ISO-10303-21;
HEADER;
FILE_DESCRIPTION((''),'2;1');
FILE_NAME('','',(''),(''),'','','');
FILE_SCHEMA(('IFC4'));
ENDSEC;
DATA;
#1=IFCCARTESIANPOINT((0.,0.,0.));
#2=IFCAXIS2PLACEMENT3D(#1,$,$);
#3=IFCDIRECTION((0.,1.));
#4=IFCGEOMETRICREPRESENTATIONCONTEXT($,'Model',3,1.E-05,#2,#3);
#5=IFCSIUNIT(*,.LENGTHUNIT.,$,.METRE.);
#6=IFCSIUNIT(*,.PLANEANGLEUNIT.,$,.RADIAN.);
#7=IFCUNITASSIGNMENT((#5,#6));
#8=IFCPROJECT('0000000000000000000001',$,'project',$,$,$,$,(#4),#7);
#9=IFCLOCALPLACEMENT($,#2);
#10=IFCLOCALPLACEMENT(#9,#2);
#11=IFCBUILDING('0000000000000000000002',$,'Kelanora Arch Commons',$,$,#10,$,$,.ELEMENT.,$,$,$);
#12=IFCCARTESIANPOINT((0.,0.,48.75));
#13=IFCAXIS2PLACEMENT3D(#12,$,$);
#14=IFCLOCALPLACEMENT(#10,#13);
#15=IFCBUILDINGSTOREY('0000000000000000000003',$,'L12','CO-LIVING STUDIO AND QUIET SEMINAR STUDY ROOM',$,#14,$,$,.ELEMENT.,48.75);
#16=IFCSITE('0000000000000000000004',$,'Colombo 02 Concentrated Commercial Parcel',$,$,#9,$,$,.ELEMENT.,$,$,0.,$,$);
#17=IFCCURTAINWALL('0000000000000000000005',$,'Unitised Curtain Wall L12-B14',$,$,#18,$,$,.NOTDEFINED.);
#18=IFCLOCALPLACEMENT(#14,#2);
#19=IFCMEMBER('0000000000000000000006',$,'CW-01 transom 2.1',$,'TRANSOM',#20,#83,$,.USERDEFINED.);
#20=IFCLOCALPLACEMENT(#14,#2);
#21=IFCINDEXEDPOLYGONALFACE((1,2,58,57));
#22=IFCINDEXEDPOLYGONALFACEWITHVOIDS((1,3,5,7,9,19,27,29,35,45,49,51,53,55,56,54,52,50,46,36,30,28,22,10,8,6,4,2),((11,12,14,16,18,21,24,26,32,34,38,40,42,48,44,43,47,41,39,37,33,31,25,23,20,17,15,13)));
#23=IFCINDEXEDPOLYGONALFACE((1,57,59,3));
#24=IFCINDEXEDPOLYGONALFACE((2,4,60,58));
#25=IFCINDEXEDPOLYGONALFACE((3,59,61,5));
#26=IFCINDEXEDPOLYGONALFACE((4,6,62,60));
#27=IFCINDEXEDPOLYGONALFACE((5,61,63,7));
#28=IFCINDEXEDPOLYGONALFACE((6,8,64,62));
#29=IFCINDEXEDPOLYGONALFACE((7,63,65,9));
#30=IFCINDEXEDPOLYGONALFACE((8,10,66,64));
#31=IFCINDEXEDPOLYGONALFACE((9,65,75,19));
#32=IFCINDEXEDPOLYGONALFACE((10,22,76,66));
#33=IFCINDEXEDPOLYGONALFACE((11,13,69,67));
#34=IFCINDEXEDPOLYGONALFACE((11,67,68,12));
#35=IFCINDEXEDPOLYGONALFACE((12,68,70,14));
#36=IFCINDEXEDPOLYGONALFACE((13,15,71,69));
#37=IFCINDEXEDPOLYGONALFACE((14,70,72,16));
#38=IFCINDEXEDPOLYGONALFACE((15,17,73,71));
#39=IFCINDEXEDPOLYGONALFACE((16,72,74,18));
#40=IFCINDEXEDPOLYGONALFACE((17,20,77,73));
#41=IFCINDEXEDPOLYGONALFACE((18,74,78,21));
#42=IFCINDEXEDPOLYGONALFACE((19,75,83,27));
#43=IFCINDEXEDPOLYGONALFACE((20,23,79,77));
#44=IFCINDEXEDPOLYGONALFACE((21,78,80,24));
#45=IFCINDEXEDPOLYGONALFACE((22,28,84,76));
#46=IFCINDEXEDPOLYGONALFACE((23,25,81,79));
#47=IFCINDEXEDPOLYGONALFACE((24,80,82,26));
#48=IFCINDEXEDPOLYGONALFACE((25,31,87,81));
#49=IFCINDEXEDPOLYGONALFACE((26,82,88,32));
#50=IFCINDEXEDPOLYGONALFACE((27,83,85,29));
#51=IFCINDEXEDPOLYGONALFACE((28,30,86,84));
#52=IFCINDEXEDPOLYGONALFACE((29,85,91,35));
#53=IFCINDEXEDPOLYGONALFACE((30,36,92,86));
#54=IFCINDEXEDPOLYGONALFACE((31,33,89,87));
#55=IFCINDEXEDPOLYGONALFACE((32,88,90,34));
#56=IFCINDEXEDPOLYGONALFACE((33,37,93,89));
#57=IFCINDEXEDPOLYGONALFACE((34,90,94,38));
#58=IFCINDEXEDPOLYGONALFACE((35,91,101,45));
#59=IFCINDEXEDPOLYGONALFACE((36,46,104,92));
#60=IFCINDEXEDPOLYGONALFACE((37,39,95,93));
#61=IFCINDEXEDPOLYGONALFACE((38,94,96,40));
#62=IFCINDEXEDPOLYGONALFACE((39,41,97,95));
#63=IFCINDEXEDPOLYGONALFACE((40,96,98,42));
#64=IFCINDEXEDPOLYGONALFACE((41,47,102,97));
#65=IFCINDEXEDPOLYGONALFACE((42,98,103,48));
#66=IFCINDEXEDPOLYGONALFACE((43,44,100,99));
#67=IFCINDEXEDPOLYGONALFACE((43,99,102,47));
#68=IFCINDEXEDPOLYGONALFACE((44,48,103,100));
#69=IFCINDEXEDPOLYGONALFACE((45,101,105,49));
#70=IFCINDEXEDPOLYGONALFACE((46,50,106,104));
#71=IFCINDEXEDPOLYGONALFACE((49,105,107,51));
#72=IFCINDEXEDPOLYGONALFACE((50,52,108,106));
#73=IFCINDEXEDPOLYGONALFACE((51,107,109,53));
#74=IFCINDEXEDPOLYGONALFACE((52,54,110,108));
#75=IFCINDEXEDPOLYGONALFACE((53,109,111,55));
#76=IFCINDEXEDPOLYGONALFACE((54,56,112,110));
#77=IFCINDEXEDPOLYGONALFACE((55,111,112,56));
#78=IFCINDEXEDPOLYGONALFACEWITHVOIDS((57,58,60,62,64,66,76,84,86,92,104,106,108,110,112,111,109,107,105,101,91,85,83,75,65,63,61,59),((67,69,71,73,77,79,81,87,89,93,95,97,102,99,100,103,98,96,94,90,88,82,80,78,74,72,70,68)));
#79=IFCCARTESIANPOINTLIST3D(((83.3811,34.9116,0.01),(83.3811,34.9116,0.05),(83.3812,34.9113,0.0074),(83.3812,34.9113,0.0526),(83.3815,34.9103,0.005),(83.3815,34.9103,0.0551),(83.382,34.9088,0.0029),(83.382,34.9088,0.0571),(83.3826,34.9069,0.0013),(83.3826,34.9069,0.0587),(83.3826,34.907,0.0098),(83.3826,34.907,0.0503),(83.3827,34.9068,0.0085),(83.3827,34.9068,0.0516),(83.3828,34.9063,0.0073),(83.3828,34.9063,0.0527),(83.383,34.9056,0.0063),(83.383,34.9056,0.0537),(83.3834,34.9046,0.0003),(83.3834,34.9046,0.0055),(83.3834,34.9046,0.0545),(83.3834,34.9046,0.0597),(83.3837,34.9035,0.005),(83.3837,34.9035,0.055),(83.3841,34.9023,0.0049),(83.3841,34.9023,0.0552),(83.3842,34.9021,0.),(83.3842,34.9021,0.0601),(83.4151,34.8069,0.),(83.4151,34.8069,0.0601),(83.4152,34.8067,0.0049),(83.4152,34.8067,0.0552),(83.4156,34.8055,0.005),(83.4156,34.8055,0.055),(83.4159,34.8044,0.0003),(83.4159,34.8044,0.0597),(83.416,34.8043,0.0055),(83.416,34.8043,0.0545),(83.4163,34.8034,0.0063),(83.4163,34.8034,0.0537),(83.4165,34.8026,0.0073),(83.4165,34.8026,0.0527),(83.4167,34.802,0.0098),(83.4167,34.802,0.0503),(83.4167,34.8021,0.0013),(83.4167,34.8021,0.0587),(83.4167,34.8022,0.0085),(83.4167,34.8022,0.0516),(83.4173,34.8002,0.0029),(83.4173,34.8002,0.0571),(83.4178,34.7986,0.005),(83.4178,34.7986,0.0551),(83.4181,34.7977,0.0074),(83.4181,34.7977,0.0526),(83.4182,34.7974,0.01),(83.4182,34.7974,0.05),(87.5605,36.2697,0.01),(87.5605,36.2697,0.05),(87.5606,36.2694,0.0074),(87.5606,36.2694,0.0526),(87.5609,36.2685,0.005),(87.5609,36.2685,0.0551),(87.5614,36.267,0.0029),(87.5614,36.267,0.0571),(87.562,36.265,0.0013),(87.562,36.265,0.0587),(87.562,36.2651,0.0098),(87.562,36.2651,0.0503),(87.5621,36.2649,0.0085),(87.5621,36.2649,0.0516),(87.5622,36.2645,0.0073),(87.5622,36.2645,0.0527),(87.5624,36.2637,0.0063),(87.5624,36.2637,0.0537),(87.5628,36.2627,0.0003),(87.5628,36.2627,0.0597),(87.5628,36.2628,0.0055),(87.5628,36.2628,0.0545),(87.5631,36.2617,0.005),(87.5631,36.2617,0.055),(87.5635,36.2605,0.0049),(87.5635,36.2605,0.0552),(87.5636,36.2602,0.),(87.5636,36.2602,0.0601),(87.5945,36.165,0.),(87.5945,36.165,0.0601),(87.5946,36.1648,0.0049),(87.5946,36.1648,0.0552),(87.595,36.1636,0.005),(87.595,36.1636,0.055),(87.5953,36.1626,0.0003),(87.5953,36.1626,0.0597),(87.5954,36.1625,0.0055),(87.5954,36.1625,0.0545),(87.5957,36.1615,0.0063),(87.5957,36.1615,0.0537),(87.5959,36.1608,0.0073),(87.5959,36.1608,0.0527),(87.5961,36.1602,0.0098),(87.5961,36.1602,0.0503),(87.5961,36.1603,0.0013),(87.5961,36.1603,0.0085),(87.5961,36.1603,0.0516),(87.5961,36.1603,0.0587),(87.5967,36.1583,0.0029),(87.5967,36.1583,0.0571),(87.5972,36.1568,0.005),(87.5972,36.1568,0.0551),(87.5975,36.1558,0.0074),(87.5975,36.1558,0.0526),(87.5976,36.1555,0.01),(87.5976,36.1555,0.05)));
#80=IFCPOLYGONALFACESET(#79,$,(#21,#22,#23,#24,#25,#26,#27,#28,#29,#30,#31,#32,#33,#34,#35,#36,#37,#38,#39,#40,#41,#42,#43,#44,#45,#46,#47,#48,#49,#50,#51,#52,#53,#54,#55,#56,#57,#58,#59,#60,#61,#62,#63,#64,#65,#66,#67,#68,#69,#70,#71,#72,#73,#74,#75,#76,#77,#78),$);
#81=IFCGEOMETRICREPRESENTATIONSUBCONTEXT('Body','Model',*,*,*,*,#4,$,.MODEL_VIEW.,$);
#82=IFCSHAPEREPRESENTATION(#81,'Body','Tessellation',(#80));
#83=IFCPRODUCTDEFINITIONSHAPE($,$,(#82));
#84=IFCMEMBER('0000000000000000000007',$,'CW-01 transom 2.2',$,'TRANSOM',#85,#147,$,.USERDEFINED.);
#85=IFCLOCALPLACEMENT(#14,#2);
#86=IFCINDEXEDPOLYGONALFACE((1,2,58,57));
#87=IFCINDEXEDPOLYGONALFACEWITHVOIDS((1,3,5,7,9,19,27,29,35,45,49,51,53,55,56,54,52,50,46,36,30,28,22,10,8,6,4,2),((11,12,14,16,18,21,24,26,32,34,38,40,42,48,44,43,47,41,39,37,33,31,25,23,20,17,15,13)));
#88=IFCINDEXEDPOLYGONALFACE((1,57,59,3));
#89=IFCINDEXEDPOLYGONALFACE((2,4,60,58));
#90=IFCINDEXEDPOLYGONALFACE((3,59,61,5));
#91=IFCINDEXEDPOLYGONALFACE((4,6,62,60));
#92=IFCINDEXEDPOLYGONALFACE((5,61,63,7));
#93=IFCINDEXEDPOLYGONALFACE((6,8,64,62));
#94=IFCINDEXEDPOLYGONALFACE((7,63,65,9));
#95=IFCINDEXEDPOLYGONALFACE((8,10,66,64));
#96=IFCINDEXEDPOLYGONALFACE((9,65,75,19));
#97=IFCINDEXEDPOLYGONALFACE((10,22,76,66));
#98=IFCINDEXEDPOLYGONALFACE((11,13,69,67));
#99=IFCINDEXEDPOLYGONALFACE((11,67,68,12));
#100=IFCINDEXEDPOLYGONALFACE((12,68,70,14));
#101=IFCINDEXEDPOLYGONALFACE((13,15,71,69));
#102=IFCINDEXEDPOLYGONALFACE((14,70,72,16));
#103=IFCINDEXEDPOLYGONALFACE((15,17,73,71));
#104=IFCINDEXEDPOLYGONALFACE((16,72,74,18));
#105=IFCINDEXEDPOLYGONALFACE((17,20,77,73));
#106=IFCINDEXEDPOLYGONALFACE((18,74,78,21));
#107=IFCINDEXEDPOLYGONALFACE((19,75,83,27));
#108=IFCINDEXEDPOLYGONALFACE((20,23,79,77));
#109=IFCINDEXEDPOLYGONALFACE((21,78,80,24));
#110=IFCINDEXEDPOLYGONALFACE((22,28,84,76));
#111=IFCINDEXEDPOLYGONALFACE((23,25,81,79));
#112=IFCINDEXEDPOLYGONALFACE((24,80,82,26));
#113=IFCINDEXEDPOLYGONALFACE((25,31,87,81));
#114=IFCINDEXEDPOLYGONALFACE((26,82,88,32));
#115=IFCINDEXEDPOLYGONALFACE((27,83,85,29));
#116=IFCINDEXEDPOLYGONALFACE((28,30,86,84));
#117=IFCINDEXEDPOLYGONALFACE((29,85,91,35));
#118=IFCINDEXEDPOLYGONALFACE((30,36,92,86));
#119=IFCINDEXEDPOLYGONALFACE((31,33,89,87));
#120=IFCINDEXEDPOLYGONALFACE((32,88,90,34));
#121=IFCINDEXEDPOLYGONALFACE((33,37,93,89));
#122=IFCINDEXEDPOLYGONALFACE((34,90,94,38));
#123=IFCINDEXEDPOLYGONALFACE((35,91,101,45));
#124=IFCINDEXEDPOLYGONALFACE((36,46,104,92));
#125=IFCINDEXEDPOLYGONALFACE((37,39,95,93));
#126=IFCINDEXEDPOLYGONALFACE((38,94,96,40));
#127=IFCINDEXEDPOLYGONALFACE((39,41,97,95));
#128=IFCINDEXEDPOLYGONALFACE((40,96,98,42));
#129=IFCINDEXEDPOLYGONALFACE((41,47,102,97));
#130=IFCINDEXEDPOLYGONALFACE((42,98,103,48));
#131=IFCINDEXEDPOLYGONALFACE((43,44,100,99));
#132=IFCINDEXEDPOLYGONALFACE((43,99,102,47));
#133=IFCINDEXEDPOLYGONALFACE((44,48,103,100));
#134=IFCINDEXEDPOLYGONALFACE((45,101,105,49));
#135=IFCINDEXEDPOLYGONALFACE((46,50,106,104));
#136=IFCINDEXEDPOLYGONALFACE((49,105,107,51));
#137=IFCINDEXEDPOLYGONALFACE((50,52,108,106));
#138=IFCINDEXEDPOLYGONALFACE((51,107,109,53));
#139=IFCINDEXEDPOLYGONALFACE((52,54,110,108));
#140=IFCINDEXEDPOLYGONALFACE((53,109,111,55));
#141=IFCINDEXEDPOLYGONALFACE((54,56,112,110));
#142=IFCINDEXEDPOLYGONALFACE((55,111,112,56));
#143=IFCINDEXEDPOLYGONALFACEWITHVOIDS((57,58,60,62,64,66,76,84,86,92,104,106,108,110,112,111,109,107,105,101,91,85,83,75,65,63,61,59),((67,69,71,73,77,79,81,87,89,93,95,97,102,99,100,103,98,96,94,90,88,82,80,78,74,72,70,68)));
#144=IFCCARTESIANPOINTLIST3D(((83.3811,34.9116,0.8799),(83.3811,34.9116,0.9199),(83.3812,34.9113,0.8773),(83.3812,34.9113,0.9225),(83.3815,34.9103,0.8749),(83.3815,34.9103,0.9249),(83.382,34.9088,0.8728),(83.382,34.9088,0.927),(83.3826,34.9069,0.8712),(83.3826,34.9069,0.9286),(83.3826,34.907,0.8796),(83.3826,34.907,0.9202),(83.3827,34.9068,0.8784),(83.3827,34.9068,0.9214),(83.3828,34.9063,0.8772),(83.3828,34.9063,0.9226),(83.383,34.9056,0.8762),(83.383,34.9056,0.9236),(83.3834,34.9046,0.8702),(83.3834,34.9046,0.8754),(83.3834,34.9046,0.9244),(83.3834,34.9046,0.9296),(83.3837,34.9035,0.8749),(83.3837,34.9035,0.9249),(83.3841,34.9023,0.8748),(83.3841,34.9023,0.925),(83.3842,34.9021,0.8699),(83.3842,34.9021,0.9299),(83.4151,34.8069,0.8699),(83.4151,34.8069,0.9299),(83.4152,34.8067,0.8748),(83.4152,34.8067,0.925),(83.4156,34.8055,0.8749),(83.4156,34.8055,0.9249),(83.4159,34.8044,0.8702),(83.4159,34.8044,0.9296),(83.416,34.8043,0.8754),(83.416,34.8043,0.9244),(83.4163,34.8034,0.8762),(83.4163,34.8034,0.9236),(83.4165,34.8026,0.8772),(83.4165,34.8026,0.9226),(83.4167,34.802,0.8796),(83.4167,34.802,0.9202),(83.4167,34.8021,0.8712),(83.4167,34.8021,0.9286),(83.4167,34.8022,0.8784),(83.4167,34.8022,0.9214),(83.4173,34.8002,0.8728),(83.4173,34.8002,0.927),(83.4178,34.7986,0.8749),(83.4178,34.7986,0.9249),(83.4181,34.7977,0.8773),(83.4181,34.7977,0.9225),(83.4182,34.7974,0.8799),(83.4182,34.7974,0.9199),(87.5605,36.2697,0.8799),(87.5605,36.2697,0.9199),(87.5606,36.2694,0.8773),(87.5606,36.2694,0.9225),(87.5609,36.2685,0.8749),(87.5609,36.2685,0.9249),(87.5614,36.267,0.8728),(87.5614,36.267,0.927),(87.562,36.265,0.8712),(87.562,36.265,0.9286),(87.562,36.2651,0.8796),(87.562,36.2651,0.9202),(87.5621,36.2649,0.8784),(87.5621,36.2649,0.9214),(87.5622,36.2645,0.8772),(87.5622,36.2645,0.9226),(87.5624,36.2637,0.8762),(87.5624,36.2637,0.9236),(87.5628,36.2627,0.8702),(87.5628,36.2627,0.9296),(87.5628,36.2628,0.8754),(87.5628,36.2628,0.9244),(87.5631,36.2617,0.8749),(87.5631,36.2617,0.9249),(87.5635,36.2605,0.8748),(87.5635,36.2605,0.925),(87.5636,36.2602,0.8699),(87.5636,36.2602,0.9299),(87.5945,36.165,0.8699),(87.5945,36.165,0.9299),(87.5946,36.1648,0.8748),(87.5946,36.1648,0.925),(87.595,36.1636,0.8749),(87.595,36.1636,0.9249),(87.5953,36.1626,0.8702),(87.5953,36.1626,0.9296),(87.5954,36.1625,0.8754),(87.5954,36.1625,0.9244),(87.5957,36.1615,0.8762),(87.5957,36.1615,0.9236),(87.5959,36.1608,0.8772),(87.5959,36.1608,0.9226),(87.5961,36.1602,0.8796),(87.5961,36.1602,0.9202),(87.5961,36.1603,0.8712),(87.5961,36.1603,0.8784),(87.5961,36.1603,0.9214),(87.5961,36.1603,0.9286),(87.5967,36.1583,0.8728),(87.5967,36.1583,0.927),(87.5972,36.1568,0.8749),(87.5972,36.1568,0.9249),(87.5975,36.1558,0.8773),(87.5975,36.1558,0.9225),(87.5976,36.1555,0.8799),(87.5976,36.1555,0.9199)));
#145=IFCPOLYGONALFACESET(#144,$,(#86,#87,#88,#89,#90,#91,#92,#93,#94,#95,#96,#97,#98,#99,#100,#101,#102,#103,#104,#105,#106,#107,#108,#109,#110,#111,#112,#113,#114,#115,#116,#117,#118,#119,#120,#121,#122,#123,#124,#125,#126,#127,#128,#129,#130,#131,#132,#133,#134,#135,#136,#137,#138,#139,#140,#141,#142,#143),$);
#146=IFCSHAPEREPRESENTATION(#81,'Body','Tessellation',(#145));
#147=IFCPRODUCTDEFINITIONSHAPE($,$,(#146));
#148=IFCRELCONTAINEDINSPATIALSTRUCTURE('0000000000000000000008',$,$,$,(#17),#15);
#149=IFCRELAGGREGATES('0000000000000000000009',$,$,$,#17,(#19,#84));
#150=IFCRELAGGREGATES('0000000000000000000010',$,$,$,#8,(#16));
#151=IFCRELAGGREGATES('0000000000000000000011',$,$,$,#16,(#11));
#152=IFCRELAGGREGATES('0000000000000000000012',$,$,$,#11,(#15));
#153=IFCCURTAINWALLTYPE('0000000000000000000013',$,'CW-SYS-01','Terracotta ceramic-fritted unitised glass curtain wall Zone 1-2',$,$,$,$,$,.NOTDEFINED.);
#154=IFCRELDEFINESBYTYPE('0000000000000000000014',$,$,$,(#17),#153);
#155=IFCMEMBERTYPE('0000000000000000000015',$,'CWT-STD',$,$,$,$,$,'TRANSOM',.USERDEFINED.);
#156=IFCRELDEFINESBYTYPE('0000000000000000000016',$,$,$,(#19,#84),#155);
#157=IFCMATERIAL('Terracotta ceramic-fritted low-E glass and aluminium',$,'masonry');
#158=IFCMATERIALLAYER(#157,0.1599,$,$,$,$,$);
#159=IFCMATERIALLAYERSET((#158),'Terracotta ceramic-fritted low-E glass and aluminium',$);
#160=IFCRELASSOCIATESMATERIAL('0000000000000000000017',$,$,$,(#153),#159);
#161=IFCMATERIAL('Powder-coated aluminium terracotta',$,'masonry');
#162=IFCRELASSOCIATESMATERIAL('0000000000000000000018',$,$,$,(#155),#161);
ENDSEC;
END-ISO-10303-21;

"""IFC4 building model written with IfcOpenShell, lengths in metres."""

from ifc_helpers import new_model, si_unit, direction, frame, origin, origin_2d, place, context, subcontext, project, spatial, hollow_rectangle, extrude, material, layer, layer_set, material_profile, profile_set, type_object, element, aggregate, save


model = new_model("IFC4")

# Units and contexts
model_context = context("Model", 3, precision=1e-05, world=origin(), true_north=direction((0.0, 1.0)))
body_context = subcontext(model_context, "Body", "Model", "MODEL_VIEW")
ifc_project = project(units=[si_unit("LENGTHUNIT", "METRE"), si_unit("PLANEANGLEUNIT", "RADIAN")], contexts=[model_context])

# Site, building, storey
site_placement = place(None, origin())
site = spatial("IfcSite", under=ifc_project, at=site_placement, Name="Colombo 02 Concentrated Commercial Parcel", CompositionType="ELEMENT", RefElevation=0.0)
building_placement = place(site_placement, origin())
building = spatial("IfcBuilding", under=site, at=building_placement, Name="Kelanora Arch Commons", CompositionType="ELEMENT")
storey_placement = place(building_placement, frame((0.0, 0.0, 48.75)))
storey = spatial("IfcBuildingStorey", under=building, at=storey_placement, Name="L12", Description="CO-LIVING STUDIO AND QUIET SEMINAR STUDY ROOM", CompositionType="ELEMENT", Elevation=48.75)

# Curtain wall, members
ifc_material_1 = material(Name="Terracotta ceramic-fritted low-E glass and aluminium", Category="masonry")
ifc_layer_1 = layer(ifc_material_1, 0.1599)
ifc_layer_set_1 = layer_set([ifc_layer_1], Name="Terracotta ceramic-fritted low-E glass and aluminium")
curtain_wall_type = type_object("IfcCurtainWallType", Name="CW-SYS-01", Description="Terracotta ceramic-fritted unitised glass curtain wall Zone 1-2", PredefinedType="NOTDEFINED", material=ifc_layer_set_1)
curtain_wall_placement = place(storey_placement, origin())
curtain_wall = element("IfcCurtainWall", 1, at=curtain_wall_placement, inside=storey, type_object=curtain_wall_type, Name="Unitised Curtain Wall L12-B14", PredefinedType="NOTDEFINED")
ifc_material_2 = material(Name="Powder-coated aluminium terracotta", Category="masonry")
ifc_material_profile_1 = material_profile(ifc_material_2, hollow_rectangle(XDim=0.1201, YDim=0.0601, WallThickness=0.0049, InnerFilletRadius=0.0049, OuterFilletRadius=0.01, at=origin_2d()), Name="CWT120x60")
ifc_profile_set_1 = profile_set([ifc_material_profile_1], Name="Powder-coated aluminium terracotta")
member_type_1 = type_object("IfcMemberType", Name="CWT-STD", ElementType="TRANSOM", PredefinedType="USERDEFINED", material=ifc_profile_set_1)
member_1_placement = place(storey_placement, frame((83.3997, 34.8545, 0.03), z_axis=(0.951045, 0.309052, 0.0), x_axis=(-0.309052, 0.951045, 0.0)))
member_1 = element("IfcMember", 2, at=member_1_placement, type_object=member_type_1, Name="CW-01 transom 2.1", ObjectType="TRANSOM", PredefinedType="USERDEFINED", context=body_context, shape_type="SweptSolid", body=[
    extrude(hollow_rectangle(XDim=0.1201, YDim=0.0601, WallThickness=0.0049, InnerFilletRadius=0.0049, OuterFilletRadius=0.01, at=origin_2d()), origin(), (0.0, 0.0, 1.0), 4.3945),
])
member_2_placement = place(storey_placement, frame((83.3997, 34.8545, 0.8999), z_axis=(0.951045, 0.309052, 0.0), x_axis=(-0.309052, 0.951045, 0.0)))
member_2 = element("IfcMember", 3, at=member_2_placement, type_object=member_type_1, Name="CW-01 transom 2.2", ObjectType="TRANSOM", PredefinedType="USERDEFINED", context=body_context, shape_type="SweptSolid", body=[
    extrude(hollow_rectangle(XDim=0.1201, YDim=0.0601, WallThickness=0.0049, InnerFilletRadius=0.0049, OuterFilletRadius=0.01, at=origin_2d()), origin(), (0.0, 0.0, 1.0), 4.3945),
])
aggregate(curtain_wall, [member_1, member_2])

save(model, "model.ifc")
